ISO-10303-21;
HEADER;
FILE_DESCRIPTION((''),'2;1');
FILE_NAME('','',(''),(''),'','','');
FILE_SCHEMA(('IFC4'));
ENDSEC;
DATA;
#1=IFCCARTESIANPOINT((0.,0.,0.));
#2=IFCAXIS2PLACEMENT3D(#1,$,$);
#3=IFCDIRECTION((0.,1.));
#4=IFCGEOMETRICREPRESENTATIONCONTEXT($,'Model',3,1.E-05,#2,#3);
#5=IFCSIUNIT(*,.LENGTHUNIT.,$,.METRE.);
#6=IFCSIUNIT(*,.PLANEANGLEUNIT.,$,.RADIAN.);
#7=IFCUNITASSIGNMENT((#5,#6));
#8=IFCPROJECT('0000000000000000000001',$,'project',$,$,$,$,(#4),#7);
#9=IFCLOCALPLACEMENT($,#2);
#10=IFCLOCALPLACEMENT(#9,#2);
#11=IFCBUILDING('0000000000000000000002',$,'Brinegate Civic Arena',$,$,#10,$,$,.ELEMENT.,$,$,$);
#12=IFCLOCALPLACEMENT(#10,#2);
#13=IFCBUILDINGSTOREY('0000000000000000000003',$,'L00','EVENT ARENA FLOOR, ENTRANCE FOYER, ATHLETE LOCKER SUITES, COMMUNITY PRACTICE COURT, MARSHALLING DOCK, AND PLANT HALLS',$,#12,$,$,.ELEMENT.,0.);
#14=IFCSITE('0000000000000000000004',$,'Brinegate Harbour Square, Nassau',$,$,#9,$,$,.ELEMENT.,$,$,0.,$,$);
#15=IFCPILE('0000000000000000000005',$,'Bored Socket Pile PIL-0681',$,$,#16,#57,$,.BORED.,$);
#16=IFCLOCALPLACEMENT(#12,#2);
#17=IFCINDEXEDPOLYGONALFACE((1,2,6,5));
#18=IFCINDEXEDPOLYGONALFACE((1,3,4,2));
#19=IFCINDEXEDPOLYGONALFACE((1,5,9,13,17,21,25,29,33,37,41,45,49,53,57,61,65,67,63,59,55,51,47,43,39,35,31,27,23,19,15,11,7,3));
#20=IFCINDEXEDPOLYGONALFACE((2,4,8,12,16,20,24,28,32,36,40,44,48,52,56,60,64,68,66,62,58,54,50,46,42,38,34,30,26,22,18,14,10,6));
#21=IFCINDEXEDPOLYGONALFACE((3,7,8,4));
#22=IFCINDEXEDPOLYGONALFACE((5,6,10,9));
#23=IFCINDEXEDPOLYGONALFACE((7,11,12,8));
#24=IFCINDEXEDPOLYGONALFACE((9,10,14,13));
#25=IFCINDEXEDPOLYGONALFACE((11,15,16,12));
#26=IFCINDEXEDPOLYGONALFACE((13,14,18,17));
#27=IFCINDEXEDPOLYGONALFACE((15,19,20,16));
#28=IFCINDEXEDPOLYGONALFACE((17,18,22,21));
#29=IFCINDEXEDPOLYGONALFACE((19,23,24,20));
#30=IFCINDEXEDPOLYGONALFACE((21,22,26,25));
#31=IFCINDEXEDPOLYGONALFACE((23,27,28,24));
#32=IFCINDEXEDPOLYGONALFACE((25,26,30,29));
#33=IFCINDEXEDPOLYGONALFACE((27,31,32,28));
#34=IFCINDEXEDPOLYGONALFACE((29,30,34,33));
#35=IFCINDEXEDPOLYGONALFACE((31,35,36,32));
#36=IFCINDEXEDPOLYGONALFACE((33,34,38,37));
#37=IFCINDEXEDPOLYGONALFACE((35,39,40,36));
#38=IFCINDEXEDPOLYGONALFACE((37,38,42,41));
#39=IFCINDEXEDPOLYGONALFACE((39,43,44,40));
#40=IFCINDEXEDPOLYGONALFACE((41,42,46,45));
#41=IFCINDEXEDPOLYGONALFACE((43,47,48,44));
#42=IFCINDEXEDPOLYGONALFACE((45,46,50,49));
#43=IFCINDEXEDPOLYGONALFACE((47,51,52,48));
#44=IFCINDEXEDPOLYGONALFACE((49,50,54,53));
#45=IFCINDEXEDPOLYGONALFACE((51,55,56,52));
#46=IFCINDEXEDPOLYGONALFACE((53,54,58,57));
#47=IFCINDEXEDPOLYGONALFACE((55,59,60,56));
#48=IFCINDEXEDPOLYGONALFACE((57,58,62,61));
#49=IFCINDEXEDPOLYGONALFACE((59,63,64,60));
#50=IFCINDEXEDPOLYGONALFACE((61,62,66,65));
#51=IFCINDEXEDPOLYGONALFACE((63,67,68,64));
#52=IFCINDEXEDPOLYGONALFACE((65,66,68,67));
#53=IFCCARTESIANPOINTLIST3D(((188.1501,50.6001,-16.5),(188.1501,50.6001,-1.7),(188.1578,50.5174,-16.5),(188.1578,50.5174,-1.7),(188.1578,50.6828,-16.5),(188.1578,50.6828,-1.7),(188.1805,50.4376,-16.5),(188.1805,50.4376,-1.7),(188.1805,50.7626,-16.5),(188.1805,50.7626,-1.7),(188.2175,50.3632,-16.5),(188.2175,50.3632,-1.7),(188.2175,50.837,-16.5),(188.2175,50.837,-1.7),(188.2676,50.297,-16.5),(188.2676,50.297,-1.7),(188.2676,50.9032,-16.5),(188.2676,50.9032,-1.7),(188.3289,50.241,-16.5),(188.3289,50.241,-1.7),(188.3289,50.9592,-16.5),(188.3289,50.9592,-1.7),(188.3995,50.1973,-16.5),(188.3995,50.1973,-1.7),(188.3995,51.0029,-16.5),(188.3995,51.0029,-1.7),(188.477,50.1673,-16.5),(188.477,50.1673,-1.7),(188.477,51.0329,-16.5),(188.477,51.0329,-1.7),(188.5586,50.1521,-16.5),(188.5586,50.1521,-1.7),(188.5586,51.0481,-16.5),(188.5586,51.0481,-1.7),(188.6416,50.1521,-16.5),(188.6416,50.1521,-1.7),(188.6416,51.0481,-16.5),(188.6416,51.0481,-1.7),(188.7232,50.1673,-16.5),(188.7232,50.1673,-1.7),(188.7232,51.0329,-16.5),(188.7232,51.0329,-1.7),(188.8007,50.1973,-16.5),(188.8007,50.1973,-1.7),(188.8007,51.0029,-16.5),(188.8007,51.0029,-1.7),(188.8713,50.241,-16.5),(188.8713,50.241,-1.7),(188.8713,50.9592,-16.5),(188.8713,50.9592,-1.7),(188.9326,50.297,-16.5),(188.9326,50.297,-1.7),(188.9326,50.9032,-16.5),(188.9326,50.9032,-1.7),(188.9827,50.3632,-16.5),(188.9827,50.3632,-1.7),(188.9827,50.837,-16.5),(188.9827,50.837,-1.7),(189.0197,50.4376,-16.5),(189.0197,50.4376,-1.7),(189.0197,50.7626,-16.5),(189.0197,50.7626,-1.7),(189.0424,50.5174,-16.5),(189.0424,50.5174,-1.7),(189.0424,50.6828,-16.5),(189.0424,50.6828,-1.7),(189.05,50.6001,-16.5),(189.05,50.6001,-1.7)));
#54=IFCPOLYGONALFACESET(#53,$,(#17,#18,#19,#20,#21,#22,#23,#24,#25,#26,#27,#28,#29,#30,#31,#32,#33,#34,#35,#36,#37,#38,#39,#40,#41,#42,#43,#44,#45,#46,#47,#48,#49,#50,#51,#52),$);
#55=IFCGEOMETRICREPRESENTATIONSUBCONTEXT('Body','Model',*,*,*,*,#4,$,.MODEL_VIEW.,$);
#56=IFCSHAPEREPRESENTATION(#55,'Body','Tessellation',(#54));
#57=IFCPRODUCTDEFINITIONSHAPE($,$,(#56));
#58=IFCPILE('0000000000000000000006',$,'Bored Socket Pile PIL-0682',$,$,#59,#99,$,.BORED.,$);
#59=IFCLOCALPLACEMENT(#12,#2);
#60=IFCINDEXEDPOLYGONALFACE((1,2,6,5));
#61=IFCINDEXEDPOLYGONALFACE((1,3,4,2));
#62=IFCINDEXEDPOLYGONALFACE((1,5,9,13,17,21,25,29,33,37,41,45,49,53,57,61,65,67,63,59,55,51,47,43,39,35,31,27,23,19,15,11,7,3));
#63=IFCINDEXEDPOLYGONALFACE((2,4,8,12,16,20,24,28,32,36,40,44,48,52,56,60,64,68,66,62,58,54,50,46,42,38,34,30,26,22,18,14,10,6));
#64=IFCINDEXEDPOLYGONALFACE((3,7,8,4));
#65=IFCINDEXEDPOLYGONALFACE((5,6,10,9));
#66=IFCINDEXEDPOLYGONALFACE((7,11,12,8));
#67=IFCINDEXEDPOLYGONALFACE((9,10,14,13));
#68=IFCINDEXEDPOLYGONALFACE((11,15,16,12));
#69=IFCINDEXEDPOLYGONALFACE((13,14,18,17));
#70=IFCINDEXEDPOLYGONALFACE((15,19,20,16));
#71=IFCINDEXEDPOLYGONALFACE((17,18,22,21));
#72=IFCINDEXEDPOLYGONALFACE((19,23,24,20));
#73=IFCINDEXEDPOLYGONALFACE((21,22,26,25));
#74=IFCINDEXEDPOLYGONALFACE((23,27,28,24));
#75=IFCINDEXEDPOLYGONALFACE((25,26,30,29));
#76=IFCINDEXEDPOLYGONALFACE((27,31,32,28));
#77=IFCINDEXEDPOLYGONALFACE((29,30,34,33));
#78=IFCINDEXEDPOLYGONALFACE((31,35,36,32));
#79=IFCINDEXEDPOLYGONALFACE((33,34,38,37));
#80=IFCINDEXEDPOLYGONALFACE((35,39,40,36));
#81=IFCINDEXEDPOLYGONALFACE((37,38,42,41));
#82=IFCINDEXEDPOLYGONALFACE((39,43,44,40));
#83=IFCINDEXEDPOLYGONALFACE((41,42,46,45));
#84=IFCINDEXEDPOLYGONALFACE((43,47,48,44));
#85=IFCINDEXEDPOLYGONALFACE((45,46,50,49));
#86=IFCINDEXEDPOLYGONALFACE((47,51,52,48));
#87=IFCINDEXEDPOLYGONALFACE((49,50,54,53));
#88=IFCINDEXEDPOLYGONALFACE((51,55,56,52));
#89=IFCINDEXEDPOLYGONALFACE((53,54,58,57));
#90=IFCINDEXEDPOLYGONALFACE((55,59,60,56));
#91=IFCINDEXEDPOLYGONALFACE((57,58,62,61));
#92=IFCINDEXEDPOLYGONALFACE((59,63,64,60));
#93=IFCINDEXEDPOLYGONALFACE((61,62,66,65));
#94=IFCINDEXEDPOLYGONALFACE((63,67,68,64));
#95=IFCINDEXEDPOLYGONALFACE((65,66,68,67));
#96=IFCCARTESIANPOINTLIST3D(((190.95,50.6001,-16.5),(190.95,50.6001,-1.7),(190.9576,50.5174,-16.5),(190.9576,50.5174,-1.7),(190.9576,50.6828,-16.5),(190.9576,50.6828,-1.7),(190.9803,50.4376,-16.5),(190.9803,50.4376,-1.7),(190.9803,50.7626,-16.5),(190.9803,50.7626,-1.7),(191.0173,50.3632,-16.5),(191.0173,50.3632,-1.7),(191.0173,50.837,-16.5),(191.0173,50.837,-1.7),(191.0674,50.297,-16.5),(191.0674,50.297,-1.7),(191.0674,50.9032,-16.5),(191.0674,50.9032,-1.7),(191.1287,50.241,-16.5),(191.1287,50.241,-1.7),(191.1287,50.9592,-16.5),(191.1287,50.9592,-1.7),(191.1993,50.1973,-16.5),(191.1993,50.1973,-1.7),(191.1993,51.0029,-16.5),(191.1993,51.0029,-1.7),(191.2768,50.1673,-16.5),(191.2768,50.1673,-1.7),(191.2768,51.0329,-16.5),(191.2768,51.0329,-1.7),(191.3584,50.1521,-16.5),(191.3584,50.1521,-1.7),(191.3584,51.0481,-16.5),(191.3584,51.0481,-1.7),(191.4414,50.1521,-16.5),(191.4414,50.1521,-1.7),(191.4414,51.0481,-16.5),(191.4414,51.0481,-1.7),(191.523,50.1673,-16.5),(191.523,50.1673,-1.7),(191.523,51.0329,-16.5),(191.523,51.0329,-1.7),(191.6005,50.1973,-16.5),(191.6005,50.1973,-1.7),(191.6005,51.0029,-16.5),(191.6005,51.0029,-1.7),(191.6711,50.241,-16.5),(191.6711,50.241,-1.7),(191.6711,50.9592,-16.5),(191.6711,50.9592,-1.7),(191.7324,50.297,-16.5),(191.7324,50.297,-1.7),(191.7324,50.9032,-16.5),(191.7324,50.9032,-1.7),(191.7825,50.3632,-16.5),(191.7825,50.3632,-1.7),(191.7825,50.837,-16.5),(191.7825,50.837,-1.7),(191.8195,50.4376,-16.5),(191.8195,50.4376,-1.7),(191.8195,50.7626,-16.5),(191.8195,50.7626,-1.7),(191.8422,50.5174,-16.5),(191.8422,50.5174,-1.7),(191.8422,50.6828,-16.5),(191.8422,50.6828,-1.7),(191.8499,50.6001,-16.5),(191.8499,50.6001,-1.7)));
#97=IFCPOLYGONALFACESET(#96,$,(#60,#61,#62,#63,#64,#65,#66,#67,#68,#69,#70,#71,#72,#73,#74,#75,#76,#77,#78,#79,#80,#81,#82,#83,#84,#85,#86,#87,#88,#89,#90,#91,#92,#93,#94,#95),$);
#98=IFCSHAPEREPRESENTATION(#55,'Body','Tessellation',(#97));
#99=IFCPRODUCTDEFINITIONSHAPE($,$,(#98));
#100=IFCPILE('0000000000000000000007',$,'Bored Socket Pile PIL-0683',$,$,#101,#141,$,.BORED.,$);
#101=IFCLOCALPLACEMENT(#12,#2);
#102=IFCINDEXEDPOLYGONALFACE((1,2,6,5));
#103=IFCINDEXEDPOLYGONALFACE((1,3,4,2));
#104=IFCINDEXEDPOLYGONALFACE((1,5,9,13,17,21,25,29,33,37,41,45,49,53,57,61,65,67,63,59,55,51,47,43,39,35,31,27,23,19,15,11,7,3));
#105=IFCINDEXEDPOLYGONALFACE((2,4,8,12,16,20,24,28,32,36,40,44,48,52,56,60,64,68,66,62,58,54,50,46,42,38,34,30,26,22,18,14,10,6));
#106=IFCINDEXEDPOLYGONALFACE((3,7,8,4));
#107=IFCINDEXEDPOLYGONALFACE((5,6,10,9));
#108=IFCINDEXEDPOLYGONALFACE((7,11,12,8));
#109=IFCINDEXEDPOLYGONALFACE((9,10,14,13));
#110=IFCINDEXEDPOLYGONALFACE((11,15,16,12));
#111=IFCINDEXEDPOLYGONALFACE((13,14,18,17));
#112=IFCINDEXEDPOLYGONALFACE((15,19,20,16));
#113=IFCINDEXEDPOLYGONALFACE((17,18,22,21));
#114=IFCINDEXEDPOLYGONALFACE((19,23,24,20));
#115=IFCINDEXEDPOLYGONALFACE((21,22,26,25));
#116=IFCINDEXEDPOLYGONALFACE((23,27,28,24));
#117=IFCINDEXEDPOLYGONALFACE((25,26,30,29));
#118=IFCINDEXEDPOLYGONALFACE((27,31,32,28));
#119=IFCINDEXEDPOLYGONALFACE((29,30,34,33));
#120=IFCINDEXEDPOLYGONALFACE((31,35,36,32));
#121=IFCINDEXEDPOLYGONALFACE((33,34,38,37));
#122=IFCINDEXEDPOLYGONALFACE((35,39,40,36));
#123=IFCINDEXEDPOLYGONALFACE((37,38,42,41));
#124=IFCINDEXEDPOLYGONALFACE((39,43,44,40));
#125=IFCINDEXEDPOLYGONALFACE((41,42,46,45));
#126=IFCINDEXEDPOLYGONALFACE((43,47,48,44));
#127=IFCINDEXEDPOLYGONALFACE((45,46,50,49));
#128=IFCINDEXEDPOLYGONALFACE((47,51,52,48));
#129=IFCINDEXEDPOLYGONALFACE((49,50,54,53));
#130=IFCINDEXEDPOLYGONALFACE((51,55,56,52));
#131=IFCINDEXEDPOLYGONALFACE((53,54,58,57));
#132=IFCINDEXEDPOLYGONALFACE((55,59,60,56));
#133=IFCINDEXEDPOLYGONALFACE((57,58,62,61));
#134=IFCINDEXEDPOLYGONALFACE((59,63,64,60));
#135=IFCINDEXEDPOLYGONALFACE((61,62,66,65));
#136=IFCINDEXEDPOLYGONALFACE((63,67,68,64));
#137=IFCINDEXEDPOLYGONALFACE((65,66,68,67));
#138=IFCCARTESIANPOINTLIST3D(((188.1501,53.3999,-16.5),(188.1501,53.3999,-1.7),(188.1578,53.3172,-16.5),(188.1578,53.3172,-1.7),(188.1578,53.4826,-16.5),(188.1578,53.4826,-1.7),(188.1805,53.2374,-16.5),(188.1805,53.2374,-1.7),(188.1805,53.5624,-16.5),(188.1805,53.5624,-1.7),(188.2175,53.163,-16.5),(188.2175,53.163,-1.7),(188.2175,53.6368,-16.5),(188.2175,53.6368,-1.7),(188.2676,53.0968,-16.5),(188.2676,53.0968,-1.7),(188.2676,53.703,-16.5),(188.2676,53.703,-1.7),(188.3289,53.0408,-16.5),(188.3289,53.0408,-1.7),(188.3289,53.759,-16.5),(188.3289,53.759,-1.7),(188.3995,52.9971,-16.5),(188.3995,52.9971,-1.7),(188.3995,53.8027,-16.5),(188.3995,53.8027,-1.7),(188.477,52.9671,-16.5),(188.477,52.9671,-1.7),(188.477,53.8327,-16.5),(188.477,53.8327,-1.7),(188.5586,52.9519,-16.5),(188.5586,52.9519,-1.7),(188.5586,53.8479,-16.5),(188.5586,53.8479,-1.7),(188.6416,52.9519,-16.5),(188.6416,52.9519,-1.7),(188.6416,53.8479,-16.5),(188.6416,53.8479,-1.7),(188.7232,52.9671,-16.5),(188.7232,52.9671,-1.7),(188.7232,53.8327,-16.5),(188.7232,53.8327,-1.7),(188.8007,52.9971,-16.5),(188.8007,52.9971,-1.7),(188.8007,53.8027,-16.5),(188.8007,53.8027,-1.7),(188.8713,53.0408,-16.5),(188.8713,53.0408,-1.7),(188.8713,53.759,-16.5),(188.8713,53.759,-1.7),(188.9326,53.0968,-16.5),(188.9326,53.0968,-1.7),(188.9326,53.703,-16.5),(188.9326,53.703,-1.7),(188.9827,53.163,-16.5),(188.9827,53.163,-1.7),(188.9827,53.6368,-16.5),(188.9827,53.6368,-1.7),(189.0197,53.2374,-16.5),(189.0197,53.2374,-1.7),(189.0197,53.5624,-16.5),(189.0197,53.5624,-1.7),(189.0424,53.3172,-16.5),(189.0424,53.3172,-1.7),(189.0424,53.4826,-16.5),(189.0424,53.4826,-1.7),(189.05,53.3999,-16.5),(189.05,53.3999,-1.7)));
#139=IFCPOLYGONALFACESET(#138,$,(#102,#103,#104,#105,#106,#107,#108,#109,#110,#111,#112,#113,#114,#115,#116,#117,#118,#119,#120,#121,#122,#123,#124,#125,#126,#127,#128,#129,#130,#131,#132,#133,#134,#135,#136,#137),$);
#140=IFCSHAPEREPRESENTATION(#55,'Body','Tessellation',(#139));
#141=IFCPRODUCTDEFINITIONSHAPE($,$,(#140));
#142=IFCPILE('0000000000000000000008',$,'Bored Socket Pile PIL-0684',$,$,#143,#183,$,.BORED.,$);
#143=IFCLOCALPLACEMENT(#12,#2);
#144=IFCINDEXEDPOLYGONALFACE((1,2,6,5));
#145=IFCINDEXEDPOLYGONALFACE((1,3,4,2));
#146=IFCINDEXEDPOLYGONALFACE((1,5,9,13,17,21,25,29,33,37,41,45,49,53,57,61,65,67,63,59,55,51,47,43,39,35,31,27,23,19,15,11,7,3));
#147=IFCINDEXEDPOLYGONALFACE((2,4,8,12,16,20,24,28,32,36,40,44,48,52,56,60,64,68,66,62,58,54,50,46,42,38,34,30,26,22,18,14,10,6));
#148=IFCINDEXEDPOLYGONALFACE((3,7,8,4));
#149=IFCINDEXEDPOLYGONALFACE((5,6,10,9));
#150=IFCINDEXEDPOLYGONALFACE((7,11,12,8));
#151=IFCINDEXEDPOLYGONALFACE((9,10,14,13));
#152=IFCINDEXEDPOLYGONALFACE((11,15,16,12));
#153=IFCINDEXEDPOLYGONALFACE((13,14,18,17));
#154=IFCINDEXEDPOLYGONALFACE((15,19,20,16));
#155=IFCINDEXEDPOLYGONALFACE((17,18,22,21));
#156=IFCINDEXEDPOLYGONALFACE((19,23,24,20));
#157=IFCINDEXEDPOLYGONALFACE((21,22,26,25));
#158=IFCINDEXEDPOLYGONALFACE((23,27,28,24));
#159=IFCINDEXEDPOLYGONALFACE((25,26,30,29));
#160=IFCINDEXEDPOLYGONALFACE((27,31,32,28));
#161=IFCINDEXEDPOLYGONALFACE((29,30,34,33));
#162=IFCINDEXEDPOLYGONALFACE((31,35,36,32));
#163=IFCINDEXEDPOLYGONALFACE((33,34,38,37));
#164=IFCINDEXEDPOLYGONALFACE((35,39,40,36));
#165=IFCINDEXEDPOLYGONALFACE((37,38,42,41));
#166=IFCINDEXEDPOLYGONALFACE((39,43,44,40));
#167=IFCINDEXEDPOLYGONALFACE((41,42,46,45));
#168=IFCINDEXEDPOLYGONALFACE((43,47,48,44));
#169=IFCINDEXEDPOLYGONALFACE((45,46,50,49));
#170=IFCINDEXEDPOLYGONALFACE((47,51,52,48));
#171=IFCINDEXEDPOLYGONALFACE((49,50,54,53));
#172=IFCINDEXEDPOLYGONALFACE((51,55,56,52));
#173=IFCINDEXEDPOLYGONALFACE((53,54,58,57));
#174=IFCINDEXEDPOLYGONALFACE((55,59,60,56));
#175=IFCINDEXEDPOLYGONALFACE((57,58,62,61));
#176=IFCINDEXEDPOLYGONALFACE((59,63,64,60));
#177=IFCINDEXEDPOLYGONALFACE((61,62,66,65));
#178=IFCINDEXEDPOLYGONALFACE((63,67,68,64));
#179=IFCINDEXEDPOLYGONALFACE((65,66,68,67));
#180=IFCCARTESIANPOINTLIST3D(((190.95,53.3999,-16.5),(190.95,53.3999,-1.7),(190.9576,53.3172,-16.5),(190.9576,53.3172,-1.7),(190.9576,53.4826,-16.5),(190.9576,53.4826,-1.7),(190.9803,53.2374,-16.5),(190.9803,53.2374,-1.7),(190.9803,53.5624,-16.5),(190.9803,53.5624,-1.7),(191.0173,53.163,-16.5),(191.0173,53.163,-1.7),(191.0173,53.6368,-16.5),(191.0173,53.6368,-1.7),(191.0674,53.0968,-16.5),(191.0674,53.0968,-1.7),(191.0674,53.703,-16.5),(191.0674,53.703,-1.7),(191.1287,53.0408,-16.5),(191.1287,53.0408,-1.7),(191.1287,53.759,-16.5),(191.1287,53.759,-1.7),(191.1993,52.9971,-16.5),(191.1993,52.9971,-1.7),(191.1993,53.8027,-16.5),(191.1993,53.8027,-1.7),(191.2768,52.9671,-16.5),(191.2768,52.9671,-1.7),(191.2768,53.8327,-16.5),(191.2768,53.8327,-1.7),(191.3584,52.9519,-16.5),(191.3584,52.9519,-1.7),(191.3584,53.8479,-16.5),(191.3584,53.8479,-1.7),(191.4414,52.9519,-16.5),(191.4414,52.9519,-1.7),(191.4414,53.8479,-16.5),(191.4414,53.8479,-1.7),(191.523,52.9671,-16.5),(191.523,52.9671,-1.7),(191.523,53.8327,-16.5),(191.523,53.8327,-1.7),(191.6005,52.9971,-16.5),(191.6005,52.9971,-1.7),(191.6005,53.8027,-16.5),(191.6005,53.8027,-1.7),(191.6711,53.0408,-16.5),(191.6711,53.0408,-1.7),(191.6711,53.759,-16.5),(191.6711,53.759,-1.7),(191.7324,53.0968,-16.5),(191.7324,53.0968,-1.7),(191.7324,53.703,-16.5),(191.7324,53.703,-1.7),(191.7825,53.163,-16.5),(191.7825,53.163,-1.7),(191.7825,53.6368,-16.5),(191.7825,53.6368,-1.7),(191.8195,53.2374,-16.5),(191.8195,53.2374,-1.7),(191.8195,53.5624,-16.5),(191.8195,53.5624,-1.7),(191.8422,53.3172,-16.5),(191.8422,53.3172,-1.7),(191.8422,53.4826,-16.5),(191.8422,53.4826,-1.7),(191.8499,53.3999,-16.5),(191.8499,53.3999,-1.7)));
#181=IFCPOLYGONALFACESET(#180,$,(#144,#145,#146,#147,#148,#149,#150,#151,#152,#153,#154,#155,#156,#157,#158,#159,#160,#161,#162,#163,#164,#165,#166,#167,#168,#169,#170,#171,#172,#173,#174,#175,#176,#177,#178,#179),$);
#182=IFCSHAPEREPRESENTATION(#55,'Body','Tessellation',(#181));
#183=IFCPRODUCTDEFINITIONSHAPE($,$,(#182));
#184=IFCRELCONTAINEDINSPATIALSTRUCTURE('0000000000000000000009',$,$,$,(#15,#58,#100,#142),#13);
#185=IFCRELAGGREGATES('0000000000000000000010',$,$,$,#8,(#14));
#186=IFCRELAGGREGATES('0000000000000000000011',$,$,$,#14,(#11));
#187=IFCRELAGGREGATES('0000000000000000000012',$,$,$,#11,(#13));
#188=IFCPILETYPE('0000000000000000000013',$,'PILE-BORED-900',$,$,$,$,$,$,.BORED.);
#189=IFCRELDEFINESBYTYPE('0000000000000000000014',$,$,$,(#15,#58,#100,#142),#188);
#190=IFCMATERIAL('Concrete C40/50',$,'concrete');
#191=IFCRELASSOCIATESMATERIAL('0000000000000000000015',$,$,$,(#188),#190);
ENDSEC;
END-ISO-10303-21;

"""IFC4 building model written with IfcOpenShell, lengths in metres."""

from ifc_helpers import new_model, si_unit, direction, frame, origin, origin_2d, place, context, subcontext, project, spatial, circle, extrude, material, material_profile, profile_set, type_object, element, save


model = new_model("IFC4")

# Units and contexts
model_context = context("Model", 3, precision=1e-05, world=origin(), true_north=direction((0.0, 1.0)))
body_context = subcontext(model_context, "Body", "Model", "MODEL_VIEW")
ifc_project = project(units=[si_unit("LENGTHUNIT", "METRE"), si_unit("PLANEANGLEUNIT", "RADIAN")], contexts=[model_context])

# Site, building, storey
site_placement = place(None, origin())
site = spatial("IfcSite", under=ifc_project, at=site_placement, Name="Brinegate Harbour Square, Nassau", CompositionType="ELEMENT", RefElevation=0.0)
building_placement = place(site_placement, origin())
building = spatial("IfcBuilding", under=site, at=building_placement, Name="Brinegate Civic Arena", CompositionType="ELEMENT")
storey_placement = place(building_placement, origin())
storey = spatial("IfcBuildingStorey", under=building, at=storey_placement, Name="L00", Description="EVENT ARENA FLOOR, ENTRANCE FOYER, ATHLETE LOCKER SUITES, COMMUNITY PRACTICE COURT, MARSHALLING DOCK, AND PLANT HALLS", CompositionType="ELEMENT", Elevation=0.0)

# Shared definitions
ifc_material_1 = material(Name="Concrete C40/50", Category="concrete")

# Piles
ifc_material_profile_1 = material_profile(ifc_material_1, circle(Radius=0.45, at=origin_2d()), Name="PILED900")
ifc_profile_set_1 = profile_set([ifc_material_profile_1], Name="Concrete C40/50")
pile_type = type_object("IfcPileType", Name="PILE-BORED-900", PredefinedType="BORED", material=ifc_profile_set_1)
for number, where, z_axis, x_axis, name in (
    (1, (188.6001, 50.6001, -1.7), (0.0, 0.0, -1.0), (1.0, 0.0, 0.0), "Bored Socket Pile PIL-0681"),
    (2, (191.3999, 50.6001, -1.7), (0.0, 0.0, -1.0), (1.0, 0.0, 0.0), "Bored Socket Pile PIL-0682"),
    (3, (188.6001, 53.3999, -1.7), (0.0, 0.0, -1.0), (1.0, 0.0, 0.0), "Bored Socket Pile PIL-0683"),
    (4, (191.3999, 53.3999, -1.7), (0.0, 0.0, -1.0), (1.0, 0.0, 0.0), "Bored Socket Pile PIL-0684"),
):
    element("IfcPile", number, at=place(storey_placement, frame(where, z_axis=z_axis, x_axis=x_axis)), inside=storey, type_object=pile_type, Name=name, PredefinedType="BORED", context=body_context, shape_type="SweptSolid", body=[
        extrude(circle(Radius=0.45, at=origin_2d()), origin(), (0.0, 0.0, 1.0), 14.8),
    ])

save(model, "model.ifc")
